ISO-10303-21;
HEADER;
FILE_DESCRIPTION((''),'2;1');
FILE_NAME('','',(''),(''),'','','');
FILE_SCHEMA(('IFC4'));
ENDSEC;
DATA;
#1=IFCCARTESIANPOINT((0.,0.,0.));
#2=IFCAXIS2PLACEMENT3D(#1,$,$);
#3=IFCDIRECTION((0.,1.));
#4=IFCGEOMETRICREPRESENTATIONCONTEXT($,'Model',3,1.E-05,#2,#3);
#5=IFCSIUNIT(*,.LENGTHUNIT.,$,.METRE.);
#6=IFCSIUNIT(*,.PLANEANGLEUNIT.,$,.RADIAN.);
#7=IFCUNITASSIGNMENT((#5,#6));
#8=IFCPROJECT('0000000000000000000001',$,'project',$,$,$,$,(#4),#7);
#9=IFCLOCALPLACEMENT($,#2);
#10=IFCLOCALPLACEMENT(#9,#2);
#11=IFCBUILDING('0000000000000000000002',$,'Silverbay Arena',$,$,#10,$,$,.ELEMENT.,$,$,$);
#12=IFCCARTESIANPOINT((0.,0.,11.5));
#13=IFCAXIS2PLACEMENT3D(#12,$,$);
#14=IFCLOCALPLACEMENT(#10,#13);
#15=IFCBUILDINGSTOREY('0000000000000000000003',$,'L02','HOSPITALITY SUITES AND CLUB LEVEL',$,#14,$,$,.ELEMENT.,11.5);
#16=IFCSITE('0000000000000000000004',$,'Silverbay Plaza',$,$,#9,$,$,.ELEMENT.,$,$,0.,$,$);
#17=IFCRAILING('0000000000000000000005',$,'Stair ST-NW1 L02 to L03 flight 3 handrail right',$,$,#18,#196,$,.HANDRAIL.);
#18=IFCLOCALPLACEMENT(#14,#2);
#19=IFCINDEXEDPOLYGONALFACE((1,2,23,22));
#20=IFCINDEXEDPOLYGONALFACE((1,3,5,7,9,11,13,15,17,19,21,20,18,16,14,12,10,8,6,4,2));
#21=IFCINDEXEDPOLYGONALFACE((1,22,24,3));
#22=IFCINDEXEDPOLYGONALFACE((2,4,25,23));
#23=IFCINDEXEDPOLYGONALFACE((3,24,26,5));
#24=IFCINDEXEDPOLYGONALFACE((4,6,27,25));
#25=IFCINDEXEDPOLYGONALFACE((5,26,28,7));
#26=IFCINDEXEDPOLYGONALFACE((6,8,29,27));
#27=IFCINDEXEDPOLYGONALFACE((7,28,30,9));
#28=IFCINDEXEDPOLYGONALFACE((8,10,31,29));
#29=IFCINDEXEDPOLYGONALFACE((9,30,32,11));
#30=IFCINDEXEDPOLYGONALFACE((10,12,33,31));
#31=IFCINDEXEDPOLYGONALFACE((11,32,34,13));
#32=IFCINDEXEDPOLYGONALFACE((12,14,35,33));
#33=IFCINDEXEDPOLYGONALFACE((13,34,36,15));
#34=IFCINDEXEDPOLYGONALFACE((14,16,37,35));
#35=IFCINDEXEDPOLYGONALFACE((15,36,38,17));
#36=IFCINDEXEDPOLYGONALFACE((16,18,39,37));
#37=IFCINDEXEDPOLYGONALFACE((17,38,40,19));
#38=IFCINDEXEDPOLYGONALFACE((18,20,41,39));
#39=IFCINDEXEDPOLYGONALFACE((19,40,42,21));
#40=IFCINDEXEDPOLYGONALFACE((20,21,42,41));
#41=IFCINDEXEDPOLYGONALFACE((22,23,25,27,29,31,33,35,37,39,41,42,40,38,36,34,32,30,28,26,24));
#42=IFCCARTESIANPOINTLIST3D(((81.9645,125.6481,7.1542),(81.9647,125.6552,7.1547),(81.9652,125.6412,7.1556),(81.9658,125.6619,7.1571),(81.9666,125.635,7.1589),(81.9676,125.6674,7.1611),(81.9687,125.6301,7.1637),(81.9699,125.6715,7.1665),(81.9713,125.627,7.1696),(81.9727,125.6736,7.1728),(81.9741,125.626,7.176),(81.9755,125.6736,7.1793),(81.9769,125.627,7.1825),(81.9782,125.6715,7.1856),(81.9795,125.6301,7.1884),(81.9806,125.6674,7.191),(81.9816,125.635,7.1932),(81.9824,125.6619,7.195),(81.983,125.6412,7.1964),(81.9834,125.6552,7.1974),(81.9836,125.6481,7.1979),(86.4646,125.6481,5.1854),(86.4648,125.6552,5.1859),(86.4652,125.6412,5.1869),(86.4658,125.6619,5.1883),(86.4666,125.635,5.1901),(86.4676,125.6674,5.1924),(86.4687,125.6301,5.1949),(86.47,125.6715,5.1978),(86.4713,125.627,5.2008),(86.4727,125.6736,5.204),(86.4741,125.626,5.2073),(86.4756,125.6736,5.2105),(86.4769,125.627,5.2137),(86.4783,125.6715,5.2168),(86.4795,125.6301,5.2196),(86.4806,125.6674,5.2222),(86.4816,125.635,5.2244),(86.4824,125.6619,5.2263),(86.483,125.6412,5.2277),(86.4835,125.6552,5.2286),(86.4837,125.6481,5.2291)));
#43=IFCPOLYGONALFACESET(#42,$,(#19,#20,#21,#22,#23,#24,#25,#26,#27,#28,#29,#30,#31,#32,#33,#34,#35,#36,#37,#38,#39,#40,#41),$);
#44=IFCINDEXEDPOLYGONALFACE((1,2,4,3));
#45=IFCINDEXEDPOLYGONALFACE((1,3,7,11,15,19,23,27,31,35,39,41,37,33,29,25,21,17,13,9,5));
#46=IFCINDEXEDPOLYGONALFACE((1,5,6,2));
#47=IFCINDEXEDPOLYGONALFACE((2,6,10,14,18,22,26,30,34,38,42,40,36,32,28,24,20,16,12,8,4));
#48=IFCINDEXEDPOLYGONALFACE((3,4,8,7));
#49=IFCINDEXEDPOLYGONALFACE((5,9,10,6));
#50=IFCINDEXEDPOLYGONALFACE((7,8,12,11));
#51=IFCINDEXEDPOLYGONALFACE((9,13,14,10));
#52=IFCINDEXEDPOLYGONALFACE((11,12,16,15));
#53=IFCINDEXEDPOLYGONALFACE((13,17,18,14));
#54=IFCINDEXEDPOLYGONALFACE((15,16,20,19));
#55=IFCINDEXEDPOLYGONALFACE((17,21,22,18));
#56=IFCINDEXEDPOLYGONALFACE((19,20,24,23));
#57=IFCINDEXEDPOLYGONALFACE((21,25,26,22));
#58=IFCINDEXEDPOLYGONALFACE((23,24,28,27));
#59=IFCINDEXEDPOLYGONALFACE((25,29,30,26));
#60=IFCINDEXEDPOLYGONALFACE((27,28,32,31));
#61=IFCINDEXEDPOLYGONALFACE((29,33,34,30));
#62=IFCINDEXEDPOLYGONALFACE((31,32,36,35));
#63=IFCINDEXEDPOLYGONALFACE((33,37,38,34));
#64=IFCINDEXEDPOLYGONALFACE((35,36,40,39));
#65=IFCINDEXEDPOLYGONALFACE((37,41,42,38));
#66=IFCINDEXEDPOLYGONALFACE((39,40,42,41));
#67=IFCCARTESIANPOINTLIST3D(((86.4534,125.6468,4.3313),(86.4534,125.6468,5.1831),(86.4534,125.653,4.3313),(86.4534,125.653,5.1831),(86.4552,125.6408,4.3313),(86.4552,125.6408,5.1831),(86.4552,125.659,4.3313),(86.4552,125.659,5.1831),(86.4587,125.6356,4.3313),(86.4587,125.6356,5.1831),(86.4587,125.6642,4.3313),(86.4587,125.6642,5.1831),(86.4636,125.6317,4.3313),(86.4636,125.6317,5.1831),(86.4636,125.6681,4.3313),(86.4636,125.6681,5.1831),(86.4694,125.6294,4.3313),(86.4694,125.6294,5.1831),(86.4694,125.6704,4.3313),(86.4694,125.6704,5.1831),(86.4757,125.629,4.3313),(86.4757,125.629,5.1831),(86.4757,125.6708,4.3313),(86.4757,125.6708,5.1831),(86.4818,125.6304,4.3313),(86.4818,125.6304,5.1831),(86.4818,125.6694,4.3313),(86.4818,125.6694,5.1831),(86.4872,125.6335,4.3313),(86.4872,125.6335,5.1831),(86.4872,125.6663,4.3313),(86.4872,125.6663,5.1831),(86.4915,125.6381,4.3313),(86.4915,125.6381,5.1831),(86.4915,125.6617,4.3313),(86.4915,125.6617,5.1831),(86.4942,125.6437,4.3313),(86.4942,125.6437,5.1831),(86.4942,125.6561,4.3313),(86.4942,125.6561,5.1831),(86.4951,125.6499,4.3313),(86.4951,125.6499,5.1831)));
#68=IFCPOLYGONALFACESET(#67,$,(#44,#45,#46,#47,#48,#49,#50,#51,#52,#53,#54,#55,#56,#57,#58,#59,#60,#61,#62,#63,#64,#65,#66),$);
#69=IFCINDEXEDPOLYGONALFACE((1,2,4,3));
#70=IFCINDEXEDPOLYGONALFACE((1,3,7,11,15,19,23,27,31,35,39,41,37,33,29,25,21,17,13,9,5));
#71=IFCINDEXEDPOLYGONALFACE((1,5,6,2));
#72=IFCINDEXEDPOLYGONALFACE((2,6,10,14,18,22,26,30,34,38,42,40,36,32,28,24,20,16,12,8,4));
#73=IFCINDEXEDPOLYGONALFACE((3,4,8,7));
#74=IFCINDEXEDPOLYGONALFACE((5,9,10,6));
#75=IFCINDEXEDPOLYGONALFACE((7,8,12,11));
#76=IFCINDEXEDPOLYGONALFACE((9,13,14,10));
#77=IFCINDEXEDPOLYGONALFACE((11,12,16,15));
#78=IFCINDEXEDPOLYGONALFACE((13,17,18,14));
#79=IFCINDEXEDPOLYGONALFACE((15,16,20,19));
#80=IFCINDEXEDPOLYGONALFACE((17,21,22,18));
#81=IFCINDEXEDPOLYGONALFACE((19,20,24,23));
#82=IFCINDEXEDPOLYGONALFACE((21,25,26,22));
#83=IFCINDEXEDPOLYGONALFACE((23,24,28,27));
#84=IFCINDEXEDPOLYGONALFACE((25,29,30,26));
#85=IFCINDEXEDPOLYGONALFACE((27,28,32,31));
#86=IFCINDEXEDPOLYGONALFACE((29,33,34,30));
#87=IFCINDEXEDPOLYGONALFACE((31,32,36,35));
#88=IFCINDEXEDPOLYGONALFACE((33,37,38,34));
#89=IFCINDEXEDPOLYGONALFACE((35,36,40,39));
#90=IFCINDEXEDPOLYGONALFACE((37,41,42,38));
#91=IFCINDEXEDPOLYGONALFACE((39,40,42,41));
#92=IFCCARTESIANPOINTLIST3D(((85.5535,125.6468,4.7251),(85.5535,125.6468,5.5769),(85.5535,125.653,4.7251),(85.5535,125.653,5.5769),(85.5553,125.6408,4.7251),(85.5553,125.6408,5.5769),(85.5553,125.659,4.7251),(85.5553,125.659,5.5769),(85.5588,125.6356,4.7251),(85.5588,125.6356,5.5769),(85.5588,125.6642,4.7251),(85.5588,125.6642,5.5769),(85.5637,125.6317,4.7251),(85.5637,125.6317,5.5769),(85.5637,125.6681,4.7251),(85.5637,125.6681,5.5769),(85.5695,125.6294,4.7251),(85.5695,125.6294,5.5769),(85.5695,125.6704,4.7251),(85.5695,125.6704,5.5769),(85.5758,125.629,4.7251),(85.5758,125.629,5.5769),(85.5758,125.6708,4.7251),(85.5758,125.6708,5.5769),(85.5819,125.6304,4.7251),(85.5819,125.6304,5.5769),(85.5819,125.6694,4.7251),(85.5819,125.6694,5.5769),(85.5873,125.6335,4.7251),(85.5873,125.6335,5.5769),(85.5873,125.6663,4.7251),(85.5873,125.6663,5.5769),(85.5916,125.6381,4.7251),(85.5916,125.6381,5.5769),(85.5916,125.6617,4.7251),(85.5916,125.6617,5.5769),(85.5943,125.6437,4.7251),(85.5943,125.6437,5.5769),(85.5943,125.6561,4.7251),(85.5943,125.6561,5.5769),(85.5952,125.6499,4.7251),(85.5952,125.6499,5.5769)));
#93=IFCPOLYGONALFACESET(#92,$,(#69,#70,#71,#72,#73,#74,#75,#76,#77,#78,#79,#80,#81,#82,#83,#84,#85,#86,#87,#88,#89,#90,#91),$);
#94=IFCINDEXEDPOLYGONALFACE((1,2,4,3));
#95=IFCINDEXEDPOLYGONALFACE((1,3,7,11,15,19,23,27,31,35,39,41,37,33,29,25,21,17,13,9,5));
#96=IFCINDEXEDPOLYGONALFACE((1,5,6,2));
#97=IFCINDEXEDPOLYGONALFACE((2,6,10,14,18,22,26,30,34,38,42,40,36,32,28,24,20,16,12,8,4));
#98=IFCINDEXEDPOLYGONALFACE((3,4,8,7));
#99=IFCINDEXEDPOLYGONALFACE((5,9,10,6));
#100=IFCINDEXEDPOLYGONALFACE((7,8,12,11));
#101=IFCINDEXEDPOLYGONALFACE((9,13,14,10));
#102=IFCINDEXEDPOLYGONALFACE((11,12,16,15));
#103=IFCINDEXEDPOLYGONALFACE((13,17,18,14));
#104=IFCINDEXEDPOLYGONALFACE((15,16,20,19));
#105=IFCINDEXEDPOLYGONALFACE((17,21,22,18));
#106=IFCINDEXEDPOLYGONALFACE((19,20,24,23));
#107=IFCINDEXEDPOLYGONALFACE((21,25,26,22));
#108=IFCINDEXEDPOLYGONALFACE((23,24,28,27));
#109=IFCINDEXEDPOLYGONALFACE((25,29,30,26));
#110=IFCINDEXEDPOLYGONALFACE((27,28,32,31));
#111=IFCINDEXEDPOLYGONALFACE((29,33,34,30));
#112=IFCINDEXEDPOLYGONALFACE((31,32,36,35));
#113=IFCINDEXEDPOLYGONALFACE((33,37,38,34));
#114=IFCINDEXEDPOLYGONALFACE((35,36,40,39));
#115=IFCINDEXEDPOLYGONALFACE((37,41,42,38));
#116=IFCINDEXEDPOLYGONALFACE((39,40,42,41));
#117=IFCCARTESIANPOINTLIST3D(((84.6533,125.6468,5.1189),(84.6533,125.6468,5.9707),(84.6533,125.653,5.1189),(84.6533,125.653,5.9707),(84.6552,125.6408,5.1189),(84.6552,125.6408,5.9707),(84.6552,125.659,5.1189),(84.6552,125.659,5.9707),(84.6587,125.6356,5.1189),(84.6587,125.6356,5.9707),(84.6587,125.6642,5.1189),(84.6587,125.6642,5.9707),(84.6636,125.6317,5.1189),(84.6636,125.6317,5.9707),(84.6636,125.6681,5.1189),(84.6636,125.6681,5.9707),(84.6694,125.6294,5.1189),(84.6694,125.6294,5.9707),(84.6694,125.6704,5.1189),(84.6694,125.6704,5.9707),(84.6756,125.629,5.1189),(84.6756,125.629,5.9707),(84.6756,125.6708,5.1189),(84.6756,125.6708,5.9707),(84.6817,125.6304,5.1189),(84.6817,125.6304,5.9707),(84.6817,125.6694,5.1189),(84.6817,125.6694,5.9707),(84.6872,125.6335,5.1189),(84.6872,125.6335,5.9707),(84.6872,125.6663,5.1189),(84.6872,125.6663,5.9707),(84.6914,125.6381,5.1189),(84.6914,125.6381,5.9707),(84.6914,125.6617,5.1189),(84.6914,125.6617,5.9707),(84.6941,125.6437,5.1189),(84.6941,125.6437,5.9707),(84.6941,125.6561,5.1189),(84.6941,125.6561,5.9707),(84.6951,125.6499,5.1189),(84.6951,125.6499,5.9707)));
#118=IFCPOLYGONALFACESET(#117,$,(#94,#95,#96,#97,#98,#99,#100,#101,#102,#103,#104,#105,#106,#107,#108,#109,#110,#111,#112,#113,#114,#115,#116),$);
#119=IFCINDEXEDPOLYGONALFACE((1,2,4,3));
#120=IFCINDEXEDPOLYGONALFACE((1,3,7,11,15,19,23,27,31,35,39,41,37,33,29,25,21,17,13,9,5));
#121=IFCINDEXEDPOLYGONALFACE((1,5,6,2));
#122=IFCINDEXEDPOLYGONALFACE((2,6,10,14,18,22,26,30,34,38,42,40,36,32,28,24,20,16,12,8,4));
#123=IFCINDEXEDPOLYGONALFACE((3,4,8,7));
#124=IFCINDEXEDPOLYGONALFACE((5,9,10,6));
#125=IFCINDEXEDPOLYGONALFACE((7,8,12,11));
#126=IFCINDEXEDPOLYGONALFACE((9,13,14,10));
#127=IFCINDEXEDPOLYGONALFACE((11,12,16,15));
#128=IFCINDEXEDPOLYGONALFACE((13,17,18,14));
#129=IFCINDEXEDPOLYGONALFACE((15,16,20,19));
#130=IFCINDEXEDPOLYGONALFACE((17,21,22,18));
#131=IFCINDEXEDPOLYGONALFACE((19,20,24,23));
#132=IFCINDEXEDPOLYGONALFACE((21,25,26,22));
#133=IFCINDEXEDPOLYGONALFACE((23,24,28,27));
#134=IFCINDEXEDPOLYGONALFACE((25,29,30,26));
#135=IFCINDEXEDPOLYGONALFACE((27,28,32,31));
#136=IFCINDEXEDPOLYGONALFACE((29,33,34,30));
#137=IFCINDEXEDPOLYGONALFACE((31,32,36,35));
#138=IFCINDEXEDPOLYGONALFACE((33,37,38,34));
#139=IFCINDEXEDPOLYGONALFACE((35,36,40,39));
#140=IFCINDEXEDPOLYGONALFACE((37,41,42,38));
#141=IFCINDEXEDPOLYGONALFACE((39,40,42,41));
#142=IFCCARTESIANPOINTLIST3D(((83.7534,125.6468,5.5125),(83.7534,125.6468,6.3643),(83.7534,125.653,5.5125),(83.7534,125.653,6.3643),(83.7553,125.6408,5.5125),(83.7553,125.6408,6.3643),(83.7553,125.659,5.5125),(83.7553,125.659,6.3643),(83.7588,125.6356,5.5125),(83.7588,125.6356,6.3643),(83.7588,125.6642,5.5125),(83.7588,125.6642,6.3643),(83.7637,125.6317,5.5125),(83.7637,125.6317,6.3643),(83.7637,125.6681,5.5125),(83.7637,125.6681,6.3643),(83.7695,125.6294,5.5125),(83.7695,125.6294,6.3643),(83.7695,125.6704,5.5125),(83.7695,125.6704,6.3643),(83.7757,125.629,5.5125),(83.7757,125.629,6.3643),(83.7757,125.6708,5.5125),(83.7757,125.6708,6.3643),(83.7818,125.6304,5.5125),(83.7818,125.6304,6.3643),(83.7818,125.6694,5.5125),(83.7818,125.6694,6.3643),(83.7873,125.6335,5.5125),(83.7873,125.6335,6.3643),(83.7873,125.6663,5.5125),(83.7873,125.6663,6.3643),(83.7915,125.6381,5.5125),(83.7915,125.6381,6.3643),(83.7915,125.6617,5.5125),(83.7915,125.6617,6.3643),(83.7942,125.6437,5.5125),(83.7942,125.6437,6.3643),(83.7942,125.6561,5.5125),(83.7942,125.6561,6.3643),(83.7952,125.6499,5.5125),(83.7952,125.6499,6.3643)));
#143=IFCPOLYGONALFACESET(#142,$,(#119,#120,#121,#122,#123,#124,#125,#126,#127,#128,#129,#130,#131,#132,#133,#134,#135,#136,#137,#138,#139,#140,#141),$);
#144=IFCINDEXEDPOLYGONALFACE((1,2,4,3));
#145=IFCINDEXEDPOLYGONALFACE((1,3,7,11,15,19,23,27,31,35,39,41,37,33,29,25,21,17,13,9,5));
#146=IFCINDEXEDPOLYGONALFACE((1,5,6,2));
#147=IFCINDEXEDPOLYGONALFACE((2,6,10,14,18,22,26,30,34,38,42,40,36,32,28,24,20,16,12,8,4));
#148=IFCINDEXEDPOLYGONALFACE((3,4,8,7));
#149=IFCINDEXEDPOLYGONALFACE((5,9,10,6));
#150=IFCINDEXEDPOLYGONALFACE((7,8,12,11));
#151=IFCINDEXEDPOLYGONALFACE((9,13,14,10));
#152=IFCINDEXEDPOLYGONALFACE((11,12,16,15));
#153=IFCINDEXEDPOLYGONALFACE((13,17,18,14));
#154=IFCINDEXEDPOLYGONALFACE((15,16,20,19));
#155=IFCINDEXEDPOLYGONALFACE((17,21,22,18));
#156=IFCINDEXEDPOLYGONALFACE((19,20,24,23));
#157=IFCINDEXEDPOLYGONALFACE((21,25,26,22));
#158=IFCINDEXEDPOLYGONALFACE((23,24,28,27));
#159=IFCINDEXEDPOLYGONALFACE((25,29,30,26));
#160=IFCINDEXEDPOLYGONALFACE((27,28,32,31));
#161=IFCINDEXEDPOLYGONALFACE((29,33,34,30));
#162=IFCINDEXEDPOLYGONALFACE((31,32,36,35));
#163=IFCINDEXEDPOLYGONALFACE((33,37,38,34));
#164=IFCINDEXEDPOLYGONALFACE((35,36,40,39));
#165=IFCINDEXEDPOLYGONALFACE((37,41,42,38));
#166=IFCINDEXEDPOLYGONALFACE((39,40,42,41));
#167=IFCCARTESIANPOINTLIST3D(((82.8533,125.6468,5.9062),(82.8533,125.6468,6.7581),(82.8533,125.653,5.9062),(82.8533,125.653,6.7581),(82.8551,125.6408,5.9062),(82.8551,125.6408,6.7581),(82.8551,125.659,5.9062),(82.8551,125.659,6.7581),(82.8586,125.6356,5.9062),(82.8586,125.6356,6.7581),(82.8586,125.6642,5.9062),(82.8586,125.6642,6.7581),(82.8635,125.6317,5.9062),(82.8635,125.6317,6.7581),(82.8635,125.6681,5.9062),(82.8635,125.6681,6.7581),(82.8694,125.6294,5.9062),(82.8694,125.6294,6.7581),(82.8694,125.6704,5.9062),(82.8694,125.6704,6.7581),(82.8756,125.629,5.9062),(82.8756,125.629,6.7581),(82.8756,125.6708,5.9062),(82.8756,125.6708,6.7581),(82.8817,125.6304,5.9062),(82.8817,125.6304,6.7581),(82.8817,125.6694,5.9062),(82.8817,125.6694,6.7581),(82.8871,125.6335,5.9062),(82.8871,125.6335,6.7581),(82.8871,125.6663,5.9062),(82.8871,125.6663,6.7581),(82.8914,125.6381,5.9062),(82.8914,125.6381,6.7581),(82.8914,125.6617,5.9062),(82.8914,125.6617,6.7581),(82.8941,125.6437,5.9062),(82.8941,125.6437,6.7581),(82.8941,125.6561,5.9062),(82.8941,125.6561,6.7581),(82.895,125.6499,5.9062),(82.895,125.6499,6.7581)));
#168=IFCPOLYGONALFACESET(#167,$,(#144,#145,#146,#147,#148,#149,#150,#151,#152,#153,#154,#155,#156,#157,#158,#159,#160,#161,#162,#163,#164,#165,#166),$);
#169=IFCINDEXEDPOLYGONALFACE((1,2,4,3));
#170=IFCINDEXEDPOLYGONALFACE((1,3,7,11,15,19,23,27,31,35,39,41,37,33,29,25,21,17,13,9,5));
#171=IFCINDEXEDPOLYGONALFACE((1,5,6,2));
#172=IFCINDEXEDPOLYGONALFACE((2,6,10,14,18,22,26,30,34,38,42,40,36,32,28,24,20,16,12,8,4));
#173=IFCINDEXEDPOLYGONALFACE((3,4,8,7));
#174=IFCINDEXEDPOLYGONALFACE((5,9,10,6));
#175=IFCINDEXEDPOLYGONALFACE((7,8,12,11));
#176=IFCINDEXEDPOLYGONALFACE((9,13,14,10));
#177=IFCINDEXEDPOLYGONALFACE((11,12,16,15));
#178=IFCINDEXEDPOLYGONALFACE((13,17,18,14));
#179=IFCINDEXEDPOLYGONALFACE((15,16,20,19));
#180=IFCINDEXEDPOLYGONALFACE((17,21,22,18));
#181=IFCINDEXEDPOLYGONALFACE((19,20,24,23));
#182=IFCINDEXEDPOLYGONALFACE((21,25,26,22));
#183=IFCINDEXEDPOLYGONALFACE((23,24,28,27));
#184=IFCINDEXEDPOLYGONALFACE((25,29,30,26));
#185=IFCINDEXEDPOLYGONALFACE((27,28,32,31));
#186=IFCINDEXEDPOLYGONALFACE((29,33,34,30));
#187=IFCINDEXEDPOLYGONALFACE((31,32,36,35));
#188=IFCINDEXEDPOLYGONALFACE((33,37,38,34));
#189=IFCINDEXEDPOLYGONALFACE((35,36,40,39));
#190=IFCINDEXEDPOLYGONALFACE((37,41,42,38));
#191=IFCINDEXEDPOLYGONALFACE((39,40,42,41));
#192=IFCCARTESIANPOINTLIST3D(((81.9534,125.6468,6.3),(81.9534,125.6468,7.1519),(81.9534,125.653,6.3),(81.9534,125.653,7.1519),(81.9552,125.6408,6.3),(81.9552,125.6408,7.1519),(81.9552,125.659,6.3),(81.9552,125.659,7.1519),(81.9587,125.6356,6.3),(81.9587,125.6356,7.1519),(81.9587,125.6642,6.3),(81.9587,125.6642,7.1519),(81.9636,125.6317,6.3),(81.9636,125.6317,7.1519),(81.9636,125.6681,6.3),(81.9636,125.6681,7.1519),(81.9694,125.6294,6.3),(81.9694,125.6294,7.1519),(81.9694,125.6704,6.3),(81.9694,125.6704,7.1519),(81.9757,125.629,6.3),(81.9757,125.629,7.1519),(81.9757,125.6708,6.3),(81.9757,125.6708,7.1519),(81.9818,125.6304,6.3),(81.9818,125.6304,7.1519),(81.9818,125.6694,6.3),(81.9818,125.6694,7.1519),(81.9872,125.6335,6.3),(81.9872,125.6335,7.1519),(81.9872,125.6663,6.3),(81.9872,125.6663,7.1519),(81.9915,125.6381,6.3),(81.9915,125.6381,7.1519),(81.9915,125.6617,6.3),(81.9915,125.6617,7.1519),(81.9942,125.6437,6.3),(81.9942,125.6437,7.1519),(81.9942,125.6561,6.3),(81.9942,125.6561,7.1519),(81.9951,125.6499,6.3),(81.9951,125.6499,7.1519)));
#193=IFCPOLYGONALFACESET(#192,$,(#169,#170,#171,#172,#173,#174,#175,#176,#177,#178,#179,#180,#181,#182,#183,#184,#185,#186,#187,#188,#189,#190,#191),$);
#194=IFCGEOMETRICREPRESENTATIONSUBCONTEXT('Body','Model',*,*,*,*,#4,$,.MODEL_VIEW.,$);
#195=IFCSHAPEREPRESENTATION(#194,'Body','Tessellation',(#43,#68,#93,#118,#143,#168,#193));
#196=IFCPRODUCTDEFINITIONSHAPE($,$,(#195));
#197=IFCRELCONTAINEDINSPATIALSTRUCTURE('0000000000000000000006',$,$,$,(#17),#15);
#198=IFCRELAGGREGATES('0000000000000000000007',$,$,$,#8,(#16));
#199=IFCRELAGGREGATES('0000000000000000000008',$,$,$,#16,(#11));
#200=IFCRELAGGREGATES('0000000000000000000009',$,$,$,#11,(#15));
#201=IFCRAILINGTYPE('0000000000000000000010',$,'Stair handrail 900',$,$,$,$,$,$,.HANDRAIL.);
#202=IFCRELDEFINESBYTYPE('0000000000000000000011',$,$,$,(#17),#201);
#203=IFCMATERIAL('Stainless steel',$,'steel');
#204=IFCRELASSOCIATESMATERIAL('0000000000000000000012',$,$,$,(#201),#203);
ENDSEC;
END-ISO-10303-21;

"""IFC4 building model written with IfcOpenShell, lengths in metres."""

from ifc_helpers import new_model, si_unit, direction, frame, origin, origin_2d, place, context, subcontext, project, spatial, circle, extrude, material, type_object, element, save


model = new_model("IFC4")

# Units and contexts
model_context = context("Model", 3, precision=1e-05, world=origin(), true_north=direction((0.0, 1.0)))
body_context = subcontext(model_context, "Body", "Model", "MODEL_VIEW")
ifc_project = project(units=[si_unit("LENGTHUNIT", "METRE"), si_unit("PLANEANGLEUNIT", "RADIAN")], contexts=[model_context])

# Site, building, storey
site_placement = place(None, origin())
site = spatial("IfcSite", under=ifc_project, at=site_placement, Name="Silverbay Plaza", CompositionType="ELEMENT", RefElevation=0.0)
building_placement = place(site_placement, origin())
building = spatial("IfcBuilding", under=site, at=building_placement, Name="Silverbay Arena", CompositionType="ELEMENT")
storey_placement = place(building_placement, frame((0.0, 0.0, 11.5)))
storey = spatial("IfcBuildingStorey", under=building, at=storey_placement, Name="L02", Description="HOSPITALITY SUITES AND CLUB LEVEL", CompositionType="ELEMENT", Elevation=11.5)

# Railing
ifc_material_1 = material(Name="Stainless steel", Category="steel")
railing_type_1 = type_object("IfcRailingType", Name="Stair handrail 900", PredefinedType="HANDRAIL", material=ifc_material_1)
for number, where, name in (
    (1, (86.4741, 125.6499, 4.3313), "Stair ST-NW1 L02 to L03 flight 3 handrail right"),
):
    element("IfcRailing", number, at=place(storey_placement, frame(where)), inside=storey, type_object=railing_type_1, Name=name, PredefinedType="HANDRAIL", context=body_context, shape_type="SweptSolid", body=[
        extrude(circle(Radius=0.0239, at=origin_2d()), frame((0.0, 0.0, 0.876), z_axis=(-0.916157, 0.0, 0.400819), x_axis=(0.0, -1.0, 0.0)), (0.0, 0.0, 1.0), 4.9119),
        extrude(circle(Radius=0.021, at=origin_2d()), origin(), (0.0, 0.0, 1.0), 0.8518),
        extrude(circle(Radius=0.021, at=origin_2d()), frame((-0.8999, 0.0, 0.3938)), (0.0, 0.0, 1.0), 0.8518),
        extrude(circle(Radius=0.021, at=origin_2d()), frame((-1.8, 0.0, 0.7876)), (0.0, 0.0, 1.0), 0.8518),
        extrude(circle(Radius=0.021, at=origin_2d()), frame((-2.7, 0.0, 1.1812)), (0.0, 0.0, 1.0), 0.8518),
        extrude(circle(Radius=0.021, at=origin_2d()), frame((-3.6001, 0.0, 1.575)), (0.0, 0.0, 1.0), 0.8518),
        extrude(circle(Radius=0.021, at=origin_2d()), frame((-4.5, 0.0, 1.9688)), (0.0, 0.0, 1.0), 0.8518),
    ])

save(model, "model.ifc")
